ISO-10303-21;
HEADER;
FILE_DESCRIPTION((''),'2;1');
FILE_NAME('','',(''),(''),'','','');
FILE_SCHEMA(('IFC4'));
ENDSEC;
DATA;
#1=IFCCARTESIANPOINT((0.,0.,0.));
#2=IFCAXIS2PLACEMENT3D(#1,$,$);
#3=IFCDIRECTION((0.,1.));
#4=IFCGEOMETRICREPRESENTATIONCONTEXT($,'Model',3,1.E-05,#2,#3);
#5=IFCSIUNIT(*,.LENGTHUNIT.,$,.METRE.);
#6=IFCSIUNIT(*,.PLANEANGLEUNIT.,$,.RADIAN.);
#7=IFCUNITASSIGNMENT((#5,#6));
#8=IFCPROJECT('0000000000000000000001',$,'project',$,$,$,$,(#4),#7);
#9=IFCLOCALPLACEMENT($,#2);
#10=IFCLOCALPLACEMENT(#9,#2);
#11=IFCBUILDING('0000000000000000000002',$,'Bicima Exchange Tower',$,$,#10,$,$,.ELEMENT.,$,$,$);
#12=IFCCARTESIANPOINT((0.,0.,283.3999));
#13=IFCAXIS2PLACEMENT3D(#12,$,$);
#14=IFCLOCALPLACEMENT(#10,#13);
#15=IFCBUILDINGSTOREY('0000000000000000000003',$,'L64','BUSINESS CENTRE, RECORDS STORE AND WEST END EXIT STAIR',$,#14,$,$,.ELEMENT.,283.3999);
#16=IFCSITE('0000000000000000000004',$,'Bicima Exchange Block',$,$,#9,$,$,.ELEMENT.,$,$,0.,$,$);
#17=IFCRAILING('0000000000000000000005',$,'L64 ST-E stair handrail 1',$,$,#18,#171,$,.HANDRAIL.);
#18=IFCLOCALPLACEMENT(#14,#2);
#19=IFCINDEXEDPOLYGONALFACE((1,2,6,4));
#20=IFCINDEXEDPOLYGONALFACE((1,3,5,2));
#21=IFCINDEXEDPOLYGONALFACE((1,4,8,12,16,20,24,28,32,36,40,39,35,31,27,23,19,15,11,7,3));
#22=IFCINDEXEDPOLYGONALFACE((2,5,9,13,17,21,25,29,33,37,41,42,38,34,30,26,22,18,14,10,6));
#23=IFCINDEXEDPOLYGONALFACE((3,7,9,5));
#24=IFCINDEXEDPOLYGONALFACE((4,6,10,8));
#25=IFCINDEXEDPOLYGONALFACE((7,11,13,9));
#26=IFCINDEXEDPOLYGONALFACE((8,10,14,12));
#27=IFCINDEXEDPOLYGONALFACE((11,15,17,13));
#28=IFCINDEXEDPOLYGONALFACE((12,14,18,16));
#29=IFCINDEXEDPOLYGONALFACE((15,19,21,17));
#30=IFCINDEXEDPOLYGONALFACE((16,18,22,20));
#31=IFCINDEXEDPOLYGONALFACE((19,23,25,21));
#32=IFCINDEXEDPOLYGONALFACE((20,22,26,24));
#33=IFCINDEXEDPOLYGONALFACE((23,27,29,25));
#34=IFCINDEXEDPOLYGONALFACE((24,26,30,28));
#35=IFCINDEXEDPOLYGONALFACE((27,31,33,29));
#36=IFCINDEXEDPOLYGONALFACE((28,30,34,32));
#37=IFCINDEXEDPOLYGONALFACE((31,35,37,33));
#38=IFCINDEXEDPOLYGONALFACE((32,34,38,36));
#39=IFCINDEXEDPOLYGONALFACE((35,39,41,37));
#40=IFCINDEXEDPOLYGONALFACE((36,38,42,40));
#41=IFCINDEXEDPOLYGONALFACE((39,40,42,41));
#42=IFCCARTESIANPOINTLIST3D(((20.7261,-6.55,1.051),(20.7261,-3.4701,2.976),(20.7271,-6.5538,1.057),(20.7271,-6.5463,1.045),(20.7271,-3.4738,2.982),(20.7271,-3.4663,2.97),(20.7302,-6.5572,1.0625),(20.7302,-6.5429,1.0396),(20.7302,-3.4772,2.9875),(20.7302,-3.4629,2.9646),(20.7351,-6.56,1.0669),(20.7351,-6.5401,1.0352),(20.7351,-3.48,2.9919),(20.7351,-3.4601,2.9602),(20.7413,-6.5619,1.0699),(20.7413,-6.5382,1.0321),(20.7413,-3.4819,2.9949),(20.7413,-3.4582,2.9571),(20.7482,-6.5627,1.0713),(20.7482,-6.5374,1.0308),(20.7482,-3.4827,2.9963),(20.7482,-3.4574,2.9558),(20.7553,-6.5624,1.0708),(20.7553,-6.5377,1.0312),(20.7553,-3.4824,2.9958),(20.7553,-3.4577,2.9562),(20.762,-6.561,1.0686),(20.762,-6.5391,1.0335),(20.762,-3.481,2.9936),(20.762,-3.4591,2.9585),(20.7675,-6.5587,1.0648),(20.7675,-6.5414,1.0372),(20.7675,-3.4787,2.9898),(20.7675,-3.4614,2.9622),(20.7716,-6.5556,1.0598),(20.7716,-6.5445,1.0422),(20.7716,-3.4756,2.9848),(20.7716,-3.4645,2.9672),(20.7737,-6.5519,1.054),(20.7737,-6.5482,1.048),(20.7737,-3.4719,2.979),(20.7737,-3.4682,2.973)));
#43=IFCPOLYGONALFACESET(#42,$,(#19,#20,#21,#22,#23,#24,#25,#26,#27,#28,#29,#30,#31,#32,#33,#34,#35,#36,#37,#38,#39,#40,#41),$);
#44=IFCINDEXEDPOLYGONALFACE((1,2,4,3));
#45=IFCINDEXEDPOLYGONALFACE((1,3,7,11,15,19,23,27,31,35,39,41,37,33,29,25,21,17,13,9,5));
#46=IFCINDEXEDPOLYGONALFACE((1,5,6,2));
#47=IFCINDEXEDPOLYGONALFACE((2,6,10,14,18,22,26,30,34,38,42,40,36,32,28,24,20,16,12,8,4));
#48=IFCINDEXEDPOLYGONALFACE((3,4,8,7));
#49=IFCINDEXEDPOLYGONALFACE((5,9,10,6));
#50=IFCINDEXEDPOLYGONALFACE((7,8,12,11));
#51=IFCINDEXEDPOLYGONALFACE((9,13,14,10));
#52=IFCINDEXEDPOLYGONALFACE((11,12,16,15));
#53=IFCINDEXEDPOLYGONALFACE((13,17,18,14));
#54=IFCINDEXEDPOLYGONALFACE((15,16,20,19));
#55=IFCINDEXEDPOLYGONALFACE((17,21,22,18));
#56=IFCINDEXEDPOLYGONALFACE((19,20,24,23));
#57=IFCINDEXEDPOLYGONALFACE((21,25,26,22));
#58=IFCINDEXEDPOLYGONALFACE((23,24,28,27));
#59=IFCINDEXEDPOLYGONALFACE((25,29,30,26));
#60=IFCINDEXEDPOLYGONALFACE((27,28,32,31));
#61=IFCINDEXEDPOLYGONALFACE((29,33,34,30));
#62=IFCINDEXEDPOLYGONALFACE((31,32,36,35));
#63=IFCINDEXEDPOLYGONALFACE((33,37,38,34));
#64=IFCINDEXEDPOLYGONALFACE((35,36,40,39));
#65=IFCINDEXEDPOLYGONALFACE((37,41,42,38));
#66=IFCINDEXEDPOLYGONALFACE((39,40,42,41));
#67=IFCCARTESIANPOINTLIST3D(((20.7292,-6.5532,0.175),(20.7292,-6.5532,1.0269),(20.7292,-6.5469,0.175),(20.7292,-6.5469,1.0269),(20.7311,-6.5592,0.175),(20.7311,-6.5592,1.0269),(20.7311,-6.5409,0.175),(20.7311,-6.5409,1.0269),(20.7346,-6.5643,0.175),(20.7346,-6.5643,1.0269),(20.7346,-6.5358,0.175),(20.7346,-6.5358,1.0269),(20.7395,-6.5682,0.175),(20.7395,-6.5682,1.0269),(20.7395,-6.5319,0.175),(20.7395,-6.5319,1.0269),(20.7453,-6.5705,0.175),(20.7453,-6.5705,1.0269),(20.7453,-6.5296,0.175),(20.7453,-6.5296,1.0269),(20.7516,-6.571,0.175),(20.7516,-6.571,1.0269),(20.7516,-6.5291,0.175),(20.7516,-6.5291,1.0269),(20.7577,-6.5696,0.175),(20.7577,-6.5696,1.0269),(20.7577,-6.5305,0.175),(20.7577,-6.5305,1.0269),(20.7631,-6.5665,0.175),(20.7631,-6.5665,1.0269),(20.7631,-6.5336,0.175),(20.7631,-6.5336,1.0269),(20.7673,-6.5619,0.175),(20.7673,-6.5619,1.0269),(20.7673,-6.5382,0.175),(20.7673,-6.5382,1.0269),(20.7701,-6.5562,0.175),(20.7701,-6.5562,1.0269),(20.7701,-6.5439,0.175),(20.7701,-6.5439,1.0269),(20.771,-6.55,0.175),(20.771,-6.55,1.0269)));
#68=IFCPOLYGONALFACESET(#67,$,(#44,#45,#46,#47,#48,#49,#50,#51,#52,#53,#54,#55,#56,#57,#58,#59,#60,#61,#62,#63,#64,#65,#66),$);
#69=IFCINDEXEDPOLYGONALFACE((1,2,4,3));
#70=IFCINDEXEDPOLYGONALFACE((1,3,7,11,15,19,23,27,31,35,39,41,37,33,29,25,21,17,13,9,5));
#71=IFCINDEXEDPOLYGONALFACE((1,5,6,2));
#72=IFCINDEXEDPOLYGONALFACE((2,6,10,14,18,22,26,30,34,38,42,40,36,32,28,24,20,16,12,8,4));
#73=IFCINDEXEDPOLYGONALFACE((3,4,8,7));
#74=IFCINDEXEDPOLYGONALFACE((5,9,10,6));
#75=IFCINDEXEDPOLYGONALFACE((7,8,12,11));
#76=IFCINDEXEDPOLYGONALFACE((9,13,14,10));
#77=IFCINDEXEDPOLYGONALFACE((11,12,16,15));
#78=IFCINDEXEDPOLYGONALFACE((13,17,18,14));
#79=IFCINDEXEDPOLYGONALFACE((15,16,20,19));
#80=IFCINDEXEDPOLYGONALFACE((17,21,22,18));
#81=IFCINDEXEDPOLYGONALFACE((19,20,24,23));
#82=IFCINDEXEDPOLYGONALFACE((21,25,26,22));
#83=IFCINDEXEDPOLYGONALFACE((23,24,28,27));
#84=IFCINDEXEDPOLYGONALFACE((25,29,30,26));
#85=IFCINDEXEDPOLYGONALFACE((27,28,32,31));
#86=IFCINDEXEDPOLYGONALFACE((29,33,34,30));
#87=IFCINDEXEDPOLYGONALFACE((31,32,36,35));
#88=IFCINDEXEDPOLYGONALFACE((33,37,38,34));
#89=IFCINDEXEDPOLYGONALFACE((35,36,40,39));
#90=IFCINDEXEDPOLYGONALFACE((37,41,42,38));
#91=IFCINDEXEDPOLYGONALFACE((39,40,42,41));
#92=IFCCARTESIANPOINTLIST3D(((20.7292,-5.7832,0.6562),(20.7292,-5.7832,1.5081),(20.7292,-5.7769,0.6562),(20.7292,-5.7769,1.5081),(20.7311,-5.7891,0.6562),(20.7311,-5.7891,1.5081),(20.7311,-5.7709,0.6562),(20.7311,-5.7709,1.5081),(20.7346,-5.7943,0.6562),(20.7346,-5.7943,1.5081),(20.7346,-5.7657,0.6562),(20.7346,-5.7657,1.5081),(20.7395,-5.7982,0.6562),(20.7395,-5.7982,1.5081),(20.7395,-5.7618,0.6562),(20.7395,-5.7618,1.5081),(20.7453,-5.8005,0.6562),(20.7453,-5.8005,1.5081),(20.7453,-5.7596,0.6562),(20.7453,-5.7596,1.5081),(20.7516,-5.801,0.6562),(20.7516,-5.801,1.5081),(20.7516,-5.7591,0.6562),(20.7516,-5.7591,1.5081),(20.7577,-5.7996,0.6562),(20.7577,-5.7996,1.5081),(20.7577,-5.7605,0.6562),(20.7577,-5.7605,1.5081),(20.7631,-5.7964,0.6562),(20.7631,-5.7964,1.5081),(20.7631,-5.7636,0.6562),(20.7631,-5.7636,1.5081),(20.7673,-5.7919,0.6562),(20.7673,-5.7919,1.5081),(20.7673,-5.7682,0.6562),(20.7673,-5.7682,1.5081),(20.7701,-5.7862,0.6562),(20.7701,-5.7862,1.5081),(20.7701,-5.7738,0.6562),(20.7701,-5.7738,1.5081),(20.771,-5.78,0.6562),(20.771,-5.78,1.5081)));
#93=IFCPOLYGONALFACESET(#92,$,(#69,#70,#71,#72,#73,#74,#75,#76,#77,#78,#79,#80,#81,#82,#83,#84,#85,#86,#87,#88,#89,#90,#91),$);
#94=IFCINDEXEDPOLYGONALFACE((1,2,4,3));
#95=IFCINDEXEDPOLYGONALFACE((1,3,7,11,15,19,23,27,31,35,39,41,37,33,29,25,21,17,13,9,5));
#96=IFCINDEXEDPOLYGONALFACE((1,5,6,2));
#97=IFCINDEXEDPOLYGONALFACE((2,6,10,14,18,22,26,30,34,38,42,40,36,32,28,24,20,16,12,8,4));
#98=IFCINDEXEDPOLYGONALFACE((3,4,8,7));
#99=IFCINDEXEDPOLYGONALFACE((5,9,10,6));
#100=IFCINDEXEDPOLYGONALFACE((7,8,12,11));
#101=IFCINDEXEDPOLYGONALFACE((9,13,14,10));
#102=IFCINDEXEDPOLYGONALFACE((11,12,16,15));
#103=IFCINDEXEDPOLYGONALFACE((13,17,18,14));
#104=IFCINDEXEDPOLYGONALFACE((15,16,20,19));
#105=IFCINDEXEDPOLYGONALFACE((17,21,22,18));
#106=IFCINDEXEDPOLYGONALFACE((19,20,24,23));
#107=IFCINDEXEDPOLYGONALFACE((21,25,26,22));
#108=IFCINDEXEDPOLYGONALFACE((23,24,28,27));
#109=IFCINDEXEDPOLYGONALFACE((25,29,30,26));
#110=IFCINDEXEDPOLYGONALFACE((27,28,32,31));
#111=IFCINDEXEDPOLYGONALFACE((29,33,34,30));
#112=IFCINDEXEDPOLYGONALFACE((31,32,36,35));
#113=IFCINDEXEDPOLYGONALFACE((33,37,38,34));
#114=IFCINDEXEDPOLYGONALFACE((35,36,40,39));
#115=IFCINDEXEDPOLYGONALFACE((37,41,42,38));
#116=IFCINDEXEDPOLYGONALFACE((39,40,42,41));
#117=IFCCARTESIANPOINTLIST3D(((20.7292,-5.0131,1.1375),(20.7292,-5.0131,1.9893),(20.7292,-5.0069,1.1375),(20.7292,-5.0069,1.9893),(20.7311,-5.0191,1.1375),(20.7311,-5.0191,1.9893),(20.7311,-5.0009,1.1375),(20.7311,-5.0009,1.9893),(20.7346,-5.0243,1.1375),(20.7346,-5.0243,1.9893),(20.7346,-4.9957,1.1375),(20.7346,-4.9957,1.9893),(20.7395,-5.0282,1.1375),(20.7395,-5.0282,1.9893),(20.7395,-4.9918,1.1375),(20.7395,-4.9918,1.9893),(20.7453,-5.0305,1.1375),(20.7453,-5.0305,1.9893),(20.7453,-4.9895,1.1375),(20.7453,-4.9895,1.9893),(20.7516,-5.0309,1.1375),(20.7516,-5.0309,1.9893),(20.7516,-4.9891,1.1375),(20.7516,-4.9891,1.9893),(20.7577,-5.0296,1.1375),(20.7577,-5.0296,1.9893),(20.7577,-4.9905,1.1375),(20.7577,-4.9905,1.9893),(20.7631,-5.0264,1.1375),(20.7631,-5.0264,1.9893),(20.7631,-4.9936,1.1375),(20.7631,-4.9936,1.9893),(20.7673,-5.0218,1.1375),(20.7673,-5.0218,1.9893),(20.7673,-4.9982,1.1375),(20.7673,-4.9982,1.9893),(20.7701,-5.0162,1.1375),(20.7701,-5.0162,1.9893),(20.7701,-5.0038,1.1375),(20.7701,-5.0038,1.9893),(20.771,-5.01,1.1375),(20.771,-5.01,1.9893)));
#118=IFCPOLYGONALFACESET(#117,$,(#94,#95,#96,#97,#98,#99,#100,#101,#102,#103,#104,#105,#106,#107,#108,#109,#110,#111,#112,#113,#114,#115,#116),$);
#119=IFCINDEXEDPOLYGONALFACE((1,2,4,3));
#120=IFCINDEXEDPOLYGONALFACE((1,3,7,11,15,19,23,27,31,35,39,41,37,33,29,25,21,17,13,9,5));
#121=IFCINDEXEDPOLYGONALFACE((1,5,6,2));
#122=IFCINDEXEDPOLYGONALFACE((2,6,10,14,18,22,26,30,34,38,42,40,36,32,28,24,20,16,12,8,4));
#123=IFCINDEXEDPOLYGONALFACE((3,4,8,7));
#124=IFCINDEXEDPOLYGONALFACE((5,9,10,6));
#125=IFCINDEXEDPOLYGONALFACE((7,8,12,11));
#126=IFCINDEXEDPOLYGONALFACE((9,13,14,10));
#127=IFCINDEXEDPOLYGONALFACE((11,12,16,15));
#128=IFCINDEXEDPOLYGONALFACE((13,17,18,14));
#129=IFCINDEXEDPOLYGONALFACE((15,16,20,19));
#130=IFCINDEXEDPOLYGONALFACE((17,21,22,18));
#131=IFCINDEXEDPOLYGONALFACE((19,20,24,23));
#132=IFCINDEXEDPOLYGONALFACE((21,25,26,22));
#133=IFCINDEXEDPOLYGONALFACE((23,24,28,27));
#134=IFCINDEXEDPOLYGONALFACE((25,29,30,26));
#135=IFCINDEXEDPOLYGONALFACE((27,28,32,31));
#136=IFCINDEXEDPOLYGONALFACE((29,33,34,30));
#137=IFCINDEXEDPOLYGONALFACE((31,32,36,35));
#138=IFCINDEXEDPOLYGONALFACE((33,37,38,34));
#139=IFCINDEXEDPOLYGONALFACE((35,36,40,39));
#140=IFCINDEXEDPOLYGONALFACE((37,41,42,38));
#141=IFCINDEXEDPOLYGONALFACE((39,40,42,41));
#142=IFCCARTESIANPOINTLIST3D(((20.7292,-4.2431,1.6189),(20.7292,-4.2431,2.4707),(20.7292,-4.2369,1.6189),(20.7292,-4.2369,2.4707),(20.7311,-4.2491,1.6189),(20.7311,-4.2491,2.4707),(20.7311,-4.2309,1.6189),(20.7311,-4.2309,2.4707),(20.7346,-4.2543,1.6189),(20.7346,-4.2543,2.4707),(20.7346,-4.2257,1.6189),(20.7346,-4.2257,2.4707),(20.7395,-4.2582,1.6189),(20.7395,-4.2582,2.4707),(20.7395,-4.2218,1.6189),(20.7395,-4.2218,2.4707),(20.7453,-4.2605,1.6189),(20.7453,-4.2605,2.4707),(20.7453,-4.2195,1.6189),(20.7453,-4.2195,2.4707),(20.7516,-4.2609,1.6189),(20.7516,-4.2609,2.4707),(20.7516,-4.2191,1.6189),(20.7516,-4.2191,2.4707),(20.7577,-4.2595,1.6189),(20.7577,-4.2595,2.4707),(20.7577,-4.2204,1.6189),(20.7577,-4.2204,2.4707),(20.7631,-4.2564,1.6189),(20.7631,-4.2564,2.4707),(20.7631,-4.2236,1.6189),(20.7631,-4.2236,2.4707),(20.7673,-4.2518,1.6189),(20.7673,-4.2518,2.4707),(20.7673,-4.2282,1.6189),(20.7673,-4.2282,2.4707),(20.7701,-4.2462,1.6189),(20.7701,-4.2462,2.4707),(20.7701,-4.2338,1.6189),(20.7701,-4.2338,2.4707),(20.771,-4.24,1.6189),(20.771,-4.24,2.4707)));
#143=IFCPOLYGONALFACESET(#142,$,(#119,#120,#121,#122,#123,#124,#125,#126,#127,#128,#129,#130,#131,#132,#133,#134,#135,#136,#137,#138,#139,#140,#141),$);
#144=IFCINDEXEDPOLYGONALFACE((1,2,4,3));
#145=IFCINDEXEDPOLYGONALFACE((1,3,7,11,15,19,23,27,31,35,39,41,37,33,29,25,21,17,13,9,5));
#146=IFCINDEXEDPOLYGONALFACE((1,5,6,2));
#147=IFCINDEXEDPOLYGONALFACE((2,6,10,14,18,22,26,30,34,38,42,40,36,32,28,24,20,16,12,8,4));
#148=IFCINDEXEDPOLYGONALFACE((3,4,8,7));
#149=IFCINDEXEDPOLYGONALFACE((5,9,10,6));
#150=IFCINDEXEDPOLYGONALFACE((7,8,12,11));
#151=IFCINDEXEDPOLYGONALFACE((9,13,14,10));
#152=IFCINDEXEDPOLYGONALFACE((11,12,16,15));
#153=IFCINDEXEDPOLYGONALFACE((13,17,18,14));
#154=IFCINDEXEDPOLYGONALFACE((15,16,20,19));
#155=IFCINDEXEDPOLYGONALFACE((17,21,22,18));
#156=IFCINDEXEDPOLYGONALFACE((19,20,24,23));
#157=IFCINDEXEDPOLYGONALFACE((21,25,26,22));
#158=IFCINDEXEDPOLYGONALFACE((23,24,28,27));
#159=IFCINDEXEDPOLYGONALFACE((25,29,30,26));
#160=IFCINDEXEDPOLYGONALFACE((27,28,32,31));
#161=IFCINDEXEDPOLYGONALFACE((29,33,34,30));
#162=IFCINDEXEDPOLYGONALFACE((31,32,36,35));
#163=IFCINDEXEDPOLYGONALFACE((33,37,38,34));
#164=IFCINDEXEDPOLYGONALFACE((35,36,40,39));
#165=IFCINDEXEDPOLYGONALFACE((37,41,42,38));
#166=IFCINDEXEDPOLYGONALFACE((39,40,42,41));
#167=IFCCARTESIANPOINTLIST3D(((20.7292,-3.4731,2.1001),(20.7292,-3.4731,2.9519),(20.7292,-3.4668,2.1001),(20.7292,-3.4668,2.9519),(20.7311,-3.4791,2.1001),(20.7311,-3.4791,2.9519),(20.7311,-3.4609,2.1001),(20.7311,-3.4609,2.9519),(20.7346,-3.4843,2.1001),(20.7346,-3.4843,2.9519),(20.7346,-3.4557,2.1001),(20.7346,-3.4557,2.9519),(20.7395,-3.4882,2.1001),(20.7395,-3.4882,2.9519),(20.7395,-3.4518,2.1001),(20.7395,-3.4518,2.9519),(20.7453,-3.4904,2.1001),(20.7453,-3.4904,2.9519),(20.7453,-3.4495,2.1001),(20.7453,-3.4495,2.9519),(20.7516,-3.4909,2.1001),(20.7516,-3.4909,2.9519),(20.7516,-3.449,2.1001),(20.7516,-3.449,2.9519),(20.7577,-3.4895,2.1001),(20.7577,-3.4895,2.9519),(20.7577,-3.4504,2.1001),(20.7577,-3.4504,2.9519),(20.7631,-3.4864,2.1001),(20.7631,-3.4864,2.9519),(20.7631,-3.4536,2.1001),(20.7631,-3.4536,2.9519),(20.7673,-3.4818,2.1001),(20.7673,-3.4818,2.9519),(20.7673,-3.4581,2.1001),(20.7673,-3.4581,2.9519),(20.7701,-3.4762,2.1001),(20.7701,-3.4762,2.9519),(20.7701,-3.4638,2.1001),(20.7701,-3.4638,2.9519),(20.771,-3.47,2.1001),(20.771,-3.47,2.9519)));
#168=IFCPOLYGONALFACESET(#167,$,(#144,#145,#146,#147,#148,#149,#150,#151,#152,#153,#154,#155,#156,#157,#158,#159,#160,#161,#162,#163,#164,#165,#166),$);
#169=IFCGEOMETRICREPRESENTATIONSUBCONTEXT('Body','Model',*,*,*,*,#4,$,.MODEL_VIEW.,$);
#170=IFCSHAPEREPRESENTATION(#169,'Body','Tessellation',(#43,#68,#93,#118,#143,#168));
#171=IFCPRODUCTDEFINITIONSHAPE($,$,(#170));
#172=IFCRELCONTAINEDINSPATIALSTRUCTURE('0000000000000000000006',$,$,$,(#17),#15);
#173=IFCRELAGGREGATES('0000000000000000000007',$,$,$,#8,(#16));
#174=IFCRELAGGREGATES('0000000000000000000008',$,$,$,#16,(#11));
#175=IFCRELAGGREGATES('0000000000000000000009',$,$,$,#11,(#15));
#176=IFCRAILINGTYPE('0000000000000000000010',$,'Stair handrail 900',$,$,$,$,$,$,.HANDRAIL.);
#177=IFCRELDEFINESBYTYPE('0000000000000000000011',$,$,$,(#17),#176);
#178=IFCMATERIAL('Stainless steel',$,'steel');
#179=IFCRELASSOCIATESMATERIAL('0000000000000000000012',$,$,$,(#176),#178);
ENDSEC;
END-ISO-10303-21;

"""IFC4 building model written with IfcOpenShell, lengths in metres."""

from ifc_helpers import new_model, si_unit, direction, frame, origin, origin_2d, place, context, subcontext, project, spatial, circle, extrude, material, type_object, element, save


model = new_model("IFC4")

# Units and contexts
model_context = context("Model", 3, precision=1e-05, world=origin(), true_north=direction((0.0, 1.0)))
body_context = subcontext(model_context, "Body", "Model", "MODEL_VIEW")
ifc_project = project(units=[si_unit("LENGTHUNIT", "METRE"), si_unit("PLANEANGLEUNIT", "RADIAN")], contexts=[model_context])

# Site, building, storey
site_placement = place(None, origin())
site = spatial("IfcSite", under=ifc_project, at=site_placement, Name="Bicima Exchange Block", CompositionType="ELEMENT", RefElevation=0.0)
building_placement = place(site_placement, origin())
building = spatial("IfcBuilding", under=site, at=building_placement, Name="Bicima Exchange Tower", CompositionType="ELEMENT")
storey_placement = place(building_placement, frame((0.0, 0.0, 283.3999)))
storey = spatial("IfcBuildingStorey", under=building, at=storey_placement, Name="L64", Description="BUSINESS CENTRE, RECORDS STORE AND WEST END EXIT STAIR", CompositionType="ELEMENT", Elevation=283.3999)

# Railing
ifc_material_1 = material(Name="Stainless steel", Category="steel")
railing_type_1 = type_object("IfcRailingType", Name="Stair handrail 900", PredefinedType="HANDRAIL", material=ifc_material_1)
railing_1_placement = place(storey_placement, frame((20.75, -6.55, 0.175)))
element("IfcRailing", 1, at=railing_1_placement, inside=storey, type_object=railing_type_1, Name="L64 ST-E stair handrail 1", PredefinedType="HANDRAIL", context=body_context, shape_type="SweptSolid", body=[
    extrude(circle(Radius=0.0239, at=origin_2d()), frame((0.0, 0.0, 0.876), z_axis=(0.0, 0.847998, 0.529999), x_axis=(-1.0, 0.0, 0.0)), (0.0, 0.0, 1.0), 3.6321),
    extrude(circle(Radius=0.021, at=origin_2d()), origin(), (0.0, 0.0, 1.0), 0.8518),
    extrude(circle(Radius=0.021, at=origin_2d()), frame((0.0, 0.77, 0.4812)), (0.0, 0.0, 1.0), 0.8518),
    extrude(circle(Radius=0.021, at=origin_2d()), frame((0.0, 1.54, 0.9624)), (0.0, 0.0, 1.0), 0.8518),
    extrude(circle(Radius=0.021, at=origin_2d()), frame((0.0, 2.3101, 1.4438)), (0.0, 0.0, 1.0), 0.8518),
    extrude(circle(Radius=0.021, at=origin_2d()), frame((0.0, 3.0801, 1.925)), (0.0, 0.0, 1.0), 0.8518),
])

save(model, "model.ifc")
